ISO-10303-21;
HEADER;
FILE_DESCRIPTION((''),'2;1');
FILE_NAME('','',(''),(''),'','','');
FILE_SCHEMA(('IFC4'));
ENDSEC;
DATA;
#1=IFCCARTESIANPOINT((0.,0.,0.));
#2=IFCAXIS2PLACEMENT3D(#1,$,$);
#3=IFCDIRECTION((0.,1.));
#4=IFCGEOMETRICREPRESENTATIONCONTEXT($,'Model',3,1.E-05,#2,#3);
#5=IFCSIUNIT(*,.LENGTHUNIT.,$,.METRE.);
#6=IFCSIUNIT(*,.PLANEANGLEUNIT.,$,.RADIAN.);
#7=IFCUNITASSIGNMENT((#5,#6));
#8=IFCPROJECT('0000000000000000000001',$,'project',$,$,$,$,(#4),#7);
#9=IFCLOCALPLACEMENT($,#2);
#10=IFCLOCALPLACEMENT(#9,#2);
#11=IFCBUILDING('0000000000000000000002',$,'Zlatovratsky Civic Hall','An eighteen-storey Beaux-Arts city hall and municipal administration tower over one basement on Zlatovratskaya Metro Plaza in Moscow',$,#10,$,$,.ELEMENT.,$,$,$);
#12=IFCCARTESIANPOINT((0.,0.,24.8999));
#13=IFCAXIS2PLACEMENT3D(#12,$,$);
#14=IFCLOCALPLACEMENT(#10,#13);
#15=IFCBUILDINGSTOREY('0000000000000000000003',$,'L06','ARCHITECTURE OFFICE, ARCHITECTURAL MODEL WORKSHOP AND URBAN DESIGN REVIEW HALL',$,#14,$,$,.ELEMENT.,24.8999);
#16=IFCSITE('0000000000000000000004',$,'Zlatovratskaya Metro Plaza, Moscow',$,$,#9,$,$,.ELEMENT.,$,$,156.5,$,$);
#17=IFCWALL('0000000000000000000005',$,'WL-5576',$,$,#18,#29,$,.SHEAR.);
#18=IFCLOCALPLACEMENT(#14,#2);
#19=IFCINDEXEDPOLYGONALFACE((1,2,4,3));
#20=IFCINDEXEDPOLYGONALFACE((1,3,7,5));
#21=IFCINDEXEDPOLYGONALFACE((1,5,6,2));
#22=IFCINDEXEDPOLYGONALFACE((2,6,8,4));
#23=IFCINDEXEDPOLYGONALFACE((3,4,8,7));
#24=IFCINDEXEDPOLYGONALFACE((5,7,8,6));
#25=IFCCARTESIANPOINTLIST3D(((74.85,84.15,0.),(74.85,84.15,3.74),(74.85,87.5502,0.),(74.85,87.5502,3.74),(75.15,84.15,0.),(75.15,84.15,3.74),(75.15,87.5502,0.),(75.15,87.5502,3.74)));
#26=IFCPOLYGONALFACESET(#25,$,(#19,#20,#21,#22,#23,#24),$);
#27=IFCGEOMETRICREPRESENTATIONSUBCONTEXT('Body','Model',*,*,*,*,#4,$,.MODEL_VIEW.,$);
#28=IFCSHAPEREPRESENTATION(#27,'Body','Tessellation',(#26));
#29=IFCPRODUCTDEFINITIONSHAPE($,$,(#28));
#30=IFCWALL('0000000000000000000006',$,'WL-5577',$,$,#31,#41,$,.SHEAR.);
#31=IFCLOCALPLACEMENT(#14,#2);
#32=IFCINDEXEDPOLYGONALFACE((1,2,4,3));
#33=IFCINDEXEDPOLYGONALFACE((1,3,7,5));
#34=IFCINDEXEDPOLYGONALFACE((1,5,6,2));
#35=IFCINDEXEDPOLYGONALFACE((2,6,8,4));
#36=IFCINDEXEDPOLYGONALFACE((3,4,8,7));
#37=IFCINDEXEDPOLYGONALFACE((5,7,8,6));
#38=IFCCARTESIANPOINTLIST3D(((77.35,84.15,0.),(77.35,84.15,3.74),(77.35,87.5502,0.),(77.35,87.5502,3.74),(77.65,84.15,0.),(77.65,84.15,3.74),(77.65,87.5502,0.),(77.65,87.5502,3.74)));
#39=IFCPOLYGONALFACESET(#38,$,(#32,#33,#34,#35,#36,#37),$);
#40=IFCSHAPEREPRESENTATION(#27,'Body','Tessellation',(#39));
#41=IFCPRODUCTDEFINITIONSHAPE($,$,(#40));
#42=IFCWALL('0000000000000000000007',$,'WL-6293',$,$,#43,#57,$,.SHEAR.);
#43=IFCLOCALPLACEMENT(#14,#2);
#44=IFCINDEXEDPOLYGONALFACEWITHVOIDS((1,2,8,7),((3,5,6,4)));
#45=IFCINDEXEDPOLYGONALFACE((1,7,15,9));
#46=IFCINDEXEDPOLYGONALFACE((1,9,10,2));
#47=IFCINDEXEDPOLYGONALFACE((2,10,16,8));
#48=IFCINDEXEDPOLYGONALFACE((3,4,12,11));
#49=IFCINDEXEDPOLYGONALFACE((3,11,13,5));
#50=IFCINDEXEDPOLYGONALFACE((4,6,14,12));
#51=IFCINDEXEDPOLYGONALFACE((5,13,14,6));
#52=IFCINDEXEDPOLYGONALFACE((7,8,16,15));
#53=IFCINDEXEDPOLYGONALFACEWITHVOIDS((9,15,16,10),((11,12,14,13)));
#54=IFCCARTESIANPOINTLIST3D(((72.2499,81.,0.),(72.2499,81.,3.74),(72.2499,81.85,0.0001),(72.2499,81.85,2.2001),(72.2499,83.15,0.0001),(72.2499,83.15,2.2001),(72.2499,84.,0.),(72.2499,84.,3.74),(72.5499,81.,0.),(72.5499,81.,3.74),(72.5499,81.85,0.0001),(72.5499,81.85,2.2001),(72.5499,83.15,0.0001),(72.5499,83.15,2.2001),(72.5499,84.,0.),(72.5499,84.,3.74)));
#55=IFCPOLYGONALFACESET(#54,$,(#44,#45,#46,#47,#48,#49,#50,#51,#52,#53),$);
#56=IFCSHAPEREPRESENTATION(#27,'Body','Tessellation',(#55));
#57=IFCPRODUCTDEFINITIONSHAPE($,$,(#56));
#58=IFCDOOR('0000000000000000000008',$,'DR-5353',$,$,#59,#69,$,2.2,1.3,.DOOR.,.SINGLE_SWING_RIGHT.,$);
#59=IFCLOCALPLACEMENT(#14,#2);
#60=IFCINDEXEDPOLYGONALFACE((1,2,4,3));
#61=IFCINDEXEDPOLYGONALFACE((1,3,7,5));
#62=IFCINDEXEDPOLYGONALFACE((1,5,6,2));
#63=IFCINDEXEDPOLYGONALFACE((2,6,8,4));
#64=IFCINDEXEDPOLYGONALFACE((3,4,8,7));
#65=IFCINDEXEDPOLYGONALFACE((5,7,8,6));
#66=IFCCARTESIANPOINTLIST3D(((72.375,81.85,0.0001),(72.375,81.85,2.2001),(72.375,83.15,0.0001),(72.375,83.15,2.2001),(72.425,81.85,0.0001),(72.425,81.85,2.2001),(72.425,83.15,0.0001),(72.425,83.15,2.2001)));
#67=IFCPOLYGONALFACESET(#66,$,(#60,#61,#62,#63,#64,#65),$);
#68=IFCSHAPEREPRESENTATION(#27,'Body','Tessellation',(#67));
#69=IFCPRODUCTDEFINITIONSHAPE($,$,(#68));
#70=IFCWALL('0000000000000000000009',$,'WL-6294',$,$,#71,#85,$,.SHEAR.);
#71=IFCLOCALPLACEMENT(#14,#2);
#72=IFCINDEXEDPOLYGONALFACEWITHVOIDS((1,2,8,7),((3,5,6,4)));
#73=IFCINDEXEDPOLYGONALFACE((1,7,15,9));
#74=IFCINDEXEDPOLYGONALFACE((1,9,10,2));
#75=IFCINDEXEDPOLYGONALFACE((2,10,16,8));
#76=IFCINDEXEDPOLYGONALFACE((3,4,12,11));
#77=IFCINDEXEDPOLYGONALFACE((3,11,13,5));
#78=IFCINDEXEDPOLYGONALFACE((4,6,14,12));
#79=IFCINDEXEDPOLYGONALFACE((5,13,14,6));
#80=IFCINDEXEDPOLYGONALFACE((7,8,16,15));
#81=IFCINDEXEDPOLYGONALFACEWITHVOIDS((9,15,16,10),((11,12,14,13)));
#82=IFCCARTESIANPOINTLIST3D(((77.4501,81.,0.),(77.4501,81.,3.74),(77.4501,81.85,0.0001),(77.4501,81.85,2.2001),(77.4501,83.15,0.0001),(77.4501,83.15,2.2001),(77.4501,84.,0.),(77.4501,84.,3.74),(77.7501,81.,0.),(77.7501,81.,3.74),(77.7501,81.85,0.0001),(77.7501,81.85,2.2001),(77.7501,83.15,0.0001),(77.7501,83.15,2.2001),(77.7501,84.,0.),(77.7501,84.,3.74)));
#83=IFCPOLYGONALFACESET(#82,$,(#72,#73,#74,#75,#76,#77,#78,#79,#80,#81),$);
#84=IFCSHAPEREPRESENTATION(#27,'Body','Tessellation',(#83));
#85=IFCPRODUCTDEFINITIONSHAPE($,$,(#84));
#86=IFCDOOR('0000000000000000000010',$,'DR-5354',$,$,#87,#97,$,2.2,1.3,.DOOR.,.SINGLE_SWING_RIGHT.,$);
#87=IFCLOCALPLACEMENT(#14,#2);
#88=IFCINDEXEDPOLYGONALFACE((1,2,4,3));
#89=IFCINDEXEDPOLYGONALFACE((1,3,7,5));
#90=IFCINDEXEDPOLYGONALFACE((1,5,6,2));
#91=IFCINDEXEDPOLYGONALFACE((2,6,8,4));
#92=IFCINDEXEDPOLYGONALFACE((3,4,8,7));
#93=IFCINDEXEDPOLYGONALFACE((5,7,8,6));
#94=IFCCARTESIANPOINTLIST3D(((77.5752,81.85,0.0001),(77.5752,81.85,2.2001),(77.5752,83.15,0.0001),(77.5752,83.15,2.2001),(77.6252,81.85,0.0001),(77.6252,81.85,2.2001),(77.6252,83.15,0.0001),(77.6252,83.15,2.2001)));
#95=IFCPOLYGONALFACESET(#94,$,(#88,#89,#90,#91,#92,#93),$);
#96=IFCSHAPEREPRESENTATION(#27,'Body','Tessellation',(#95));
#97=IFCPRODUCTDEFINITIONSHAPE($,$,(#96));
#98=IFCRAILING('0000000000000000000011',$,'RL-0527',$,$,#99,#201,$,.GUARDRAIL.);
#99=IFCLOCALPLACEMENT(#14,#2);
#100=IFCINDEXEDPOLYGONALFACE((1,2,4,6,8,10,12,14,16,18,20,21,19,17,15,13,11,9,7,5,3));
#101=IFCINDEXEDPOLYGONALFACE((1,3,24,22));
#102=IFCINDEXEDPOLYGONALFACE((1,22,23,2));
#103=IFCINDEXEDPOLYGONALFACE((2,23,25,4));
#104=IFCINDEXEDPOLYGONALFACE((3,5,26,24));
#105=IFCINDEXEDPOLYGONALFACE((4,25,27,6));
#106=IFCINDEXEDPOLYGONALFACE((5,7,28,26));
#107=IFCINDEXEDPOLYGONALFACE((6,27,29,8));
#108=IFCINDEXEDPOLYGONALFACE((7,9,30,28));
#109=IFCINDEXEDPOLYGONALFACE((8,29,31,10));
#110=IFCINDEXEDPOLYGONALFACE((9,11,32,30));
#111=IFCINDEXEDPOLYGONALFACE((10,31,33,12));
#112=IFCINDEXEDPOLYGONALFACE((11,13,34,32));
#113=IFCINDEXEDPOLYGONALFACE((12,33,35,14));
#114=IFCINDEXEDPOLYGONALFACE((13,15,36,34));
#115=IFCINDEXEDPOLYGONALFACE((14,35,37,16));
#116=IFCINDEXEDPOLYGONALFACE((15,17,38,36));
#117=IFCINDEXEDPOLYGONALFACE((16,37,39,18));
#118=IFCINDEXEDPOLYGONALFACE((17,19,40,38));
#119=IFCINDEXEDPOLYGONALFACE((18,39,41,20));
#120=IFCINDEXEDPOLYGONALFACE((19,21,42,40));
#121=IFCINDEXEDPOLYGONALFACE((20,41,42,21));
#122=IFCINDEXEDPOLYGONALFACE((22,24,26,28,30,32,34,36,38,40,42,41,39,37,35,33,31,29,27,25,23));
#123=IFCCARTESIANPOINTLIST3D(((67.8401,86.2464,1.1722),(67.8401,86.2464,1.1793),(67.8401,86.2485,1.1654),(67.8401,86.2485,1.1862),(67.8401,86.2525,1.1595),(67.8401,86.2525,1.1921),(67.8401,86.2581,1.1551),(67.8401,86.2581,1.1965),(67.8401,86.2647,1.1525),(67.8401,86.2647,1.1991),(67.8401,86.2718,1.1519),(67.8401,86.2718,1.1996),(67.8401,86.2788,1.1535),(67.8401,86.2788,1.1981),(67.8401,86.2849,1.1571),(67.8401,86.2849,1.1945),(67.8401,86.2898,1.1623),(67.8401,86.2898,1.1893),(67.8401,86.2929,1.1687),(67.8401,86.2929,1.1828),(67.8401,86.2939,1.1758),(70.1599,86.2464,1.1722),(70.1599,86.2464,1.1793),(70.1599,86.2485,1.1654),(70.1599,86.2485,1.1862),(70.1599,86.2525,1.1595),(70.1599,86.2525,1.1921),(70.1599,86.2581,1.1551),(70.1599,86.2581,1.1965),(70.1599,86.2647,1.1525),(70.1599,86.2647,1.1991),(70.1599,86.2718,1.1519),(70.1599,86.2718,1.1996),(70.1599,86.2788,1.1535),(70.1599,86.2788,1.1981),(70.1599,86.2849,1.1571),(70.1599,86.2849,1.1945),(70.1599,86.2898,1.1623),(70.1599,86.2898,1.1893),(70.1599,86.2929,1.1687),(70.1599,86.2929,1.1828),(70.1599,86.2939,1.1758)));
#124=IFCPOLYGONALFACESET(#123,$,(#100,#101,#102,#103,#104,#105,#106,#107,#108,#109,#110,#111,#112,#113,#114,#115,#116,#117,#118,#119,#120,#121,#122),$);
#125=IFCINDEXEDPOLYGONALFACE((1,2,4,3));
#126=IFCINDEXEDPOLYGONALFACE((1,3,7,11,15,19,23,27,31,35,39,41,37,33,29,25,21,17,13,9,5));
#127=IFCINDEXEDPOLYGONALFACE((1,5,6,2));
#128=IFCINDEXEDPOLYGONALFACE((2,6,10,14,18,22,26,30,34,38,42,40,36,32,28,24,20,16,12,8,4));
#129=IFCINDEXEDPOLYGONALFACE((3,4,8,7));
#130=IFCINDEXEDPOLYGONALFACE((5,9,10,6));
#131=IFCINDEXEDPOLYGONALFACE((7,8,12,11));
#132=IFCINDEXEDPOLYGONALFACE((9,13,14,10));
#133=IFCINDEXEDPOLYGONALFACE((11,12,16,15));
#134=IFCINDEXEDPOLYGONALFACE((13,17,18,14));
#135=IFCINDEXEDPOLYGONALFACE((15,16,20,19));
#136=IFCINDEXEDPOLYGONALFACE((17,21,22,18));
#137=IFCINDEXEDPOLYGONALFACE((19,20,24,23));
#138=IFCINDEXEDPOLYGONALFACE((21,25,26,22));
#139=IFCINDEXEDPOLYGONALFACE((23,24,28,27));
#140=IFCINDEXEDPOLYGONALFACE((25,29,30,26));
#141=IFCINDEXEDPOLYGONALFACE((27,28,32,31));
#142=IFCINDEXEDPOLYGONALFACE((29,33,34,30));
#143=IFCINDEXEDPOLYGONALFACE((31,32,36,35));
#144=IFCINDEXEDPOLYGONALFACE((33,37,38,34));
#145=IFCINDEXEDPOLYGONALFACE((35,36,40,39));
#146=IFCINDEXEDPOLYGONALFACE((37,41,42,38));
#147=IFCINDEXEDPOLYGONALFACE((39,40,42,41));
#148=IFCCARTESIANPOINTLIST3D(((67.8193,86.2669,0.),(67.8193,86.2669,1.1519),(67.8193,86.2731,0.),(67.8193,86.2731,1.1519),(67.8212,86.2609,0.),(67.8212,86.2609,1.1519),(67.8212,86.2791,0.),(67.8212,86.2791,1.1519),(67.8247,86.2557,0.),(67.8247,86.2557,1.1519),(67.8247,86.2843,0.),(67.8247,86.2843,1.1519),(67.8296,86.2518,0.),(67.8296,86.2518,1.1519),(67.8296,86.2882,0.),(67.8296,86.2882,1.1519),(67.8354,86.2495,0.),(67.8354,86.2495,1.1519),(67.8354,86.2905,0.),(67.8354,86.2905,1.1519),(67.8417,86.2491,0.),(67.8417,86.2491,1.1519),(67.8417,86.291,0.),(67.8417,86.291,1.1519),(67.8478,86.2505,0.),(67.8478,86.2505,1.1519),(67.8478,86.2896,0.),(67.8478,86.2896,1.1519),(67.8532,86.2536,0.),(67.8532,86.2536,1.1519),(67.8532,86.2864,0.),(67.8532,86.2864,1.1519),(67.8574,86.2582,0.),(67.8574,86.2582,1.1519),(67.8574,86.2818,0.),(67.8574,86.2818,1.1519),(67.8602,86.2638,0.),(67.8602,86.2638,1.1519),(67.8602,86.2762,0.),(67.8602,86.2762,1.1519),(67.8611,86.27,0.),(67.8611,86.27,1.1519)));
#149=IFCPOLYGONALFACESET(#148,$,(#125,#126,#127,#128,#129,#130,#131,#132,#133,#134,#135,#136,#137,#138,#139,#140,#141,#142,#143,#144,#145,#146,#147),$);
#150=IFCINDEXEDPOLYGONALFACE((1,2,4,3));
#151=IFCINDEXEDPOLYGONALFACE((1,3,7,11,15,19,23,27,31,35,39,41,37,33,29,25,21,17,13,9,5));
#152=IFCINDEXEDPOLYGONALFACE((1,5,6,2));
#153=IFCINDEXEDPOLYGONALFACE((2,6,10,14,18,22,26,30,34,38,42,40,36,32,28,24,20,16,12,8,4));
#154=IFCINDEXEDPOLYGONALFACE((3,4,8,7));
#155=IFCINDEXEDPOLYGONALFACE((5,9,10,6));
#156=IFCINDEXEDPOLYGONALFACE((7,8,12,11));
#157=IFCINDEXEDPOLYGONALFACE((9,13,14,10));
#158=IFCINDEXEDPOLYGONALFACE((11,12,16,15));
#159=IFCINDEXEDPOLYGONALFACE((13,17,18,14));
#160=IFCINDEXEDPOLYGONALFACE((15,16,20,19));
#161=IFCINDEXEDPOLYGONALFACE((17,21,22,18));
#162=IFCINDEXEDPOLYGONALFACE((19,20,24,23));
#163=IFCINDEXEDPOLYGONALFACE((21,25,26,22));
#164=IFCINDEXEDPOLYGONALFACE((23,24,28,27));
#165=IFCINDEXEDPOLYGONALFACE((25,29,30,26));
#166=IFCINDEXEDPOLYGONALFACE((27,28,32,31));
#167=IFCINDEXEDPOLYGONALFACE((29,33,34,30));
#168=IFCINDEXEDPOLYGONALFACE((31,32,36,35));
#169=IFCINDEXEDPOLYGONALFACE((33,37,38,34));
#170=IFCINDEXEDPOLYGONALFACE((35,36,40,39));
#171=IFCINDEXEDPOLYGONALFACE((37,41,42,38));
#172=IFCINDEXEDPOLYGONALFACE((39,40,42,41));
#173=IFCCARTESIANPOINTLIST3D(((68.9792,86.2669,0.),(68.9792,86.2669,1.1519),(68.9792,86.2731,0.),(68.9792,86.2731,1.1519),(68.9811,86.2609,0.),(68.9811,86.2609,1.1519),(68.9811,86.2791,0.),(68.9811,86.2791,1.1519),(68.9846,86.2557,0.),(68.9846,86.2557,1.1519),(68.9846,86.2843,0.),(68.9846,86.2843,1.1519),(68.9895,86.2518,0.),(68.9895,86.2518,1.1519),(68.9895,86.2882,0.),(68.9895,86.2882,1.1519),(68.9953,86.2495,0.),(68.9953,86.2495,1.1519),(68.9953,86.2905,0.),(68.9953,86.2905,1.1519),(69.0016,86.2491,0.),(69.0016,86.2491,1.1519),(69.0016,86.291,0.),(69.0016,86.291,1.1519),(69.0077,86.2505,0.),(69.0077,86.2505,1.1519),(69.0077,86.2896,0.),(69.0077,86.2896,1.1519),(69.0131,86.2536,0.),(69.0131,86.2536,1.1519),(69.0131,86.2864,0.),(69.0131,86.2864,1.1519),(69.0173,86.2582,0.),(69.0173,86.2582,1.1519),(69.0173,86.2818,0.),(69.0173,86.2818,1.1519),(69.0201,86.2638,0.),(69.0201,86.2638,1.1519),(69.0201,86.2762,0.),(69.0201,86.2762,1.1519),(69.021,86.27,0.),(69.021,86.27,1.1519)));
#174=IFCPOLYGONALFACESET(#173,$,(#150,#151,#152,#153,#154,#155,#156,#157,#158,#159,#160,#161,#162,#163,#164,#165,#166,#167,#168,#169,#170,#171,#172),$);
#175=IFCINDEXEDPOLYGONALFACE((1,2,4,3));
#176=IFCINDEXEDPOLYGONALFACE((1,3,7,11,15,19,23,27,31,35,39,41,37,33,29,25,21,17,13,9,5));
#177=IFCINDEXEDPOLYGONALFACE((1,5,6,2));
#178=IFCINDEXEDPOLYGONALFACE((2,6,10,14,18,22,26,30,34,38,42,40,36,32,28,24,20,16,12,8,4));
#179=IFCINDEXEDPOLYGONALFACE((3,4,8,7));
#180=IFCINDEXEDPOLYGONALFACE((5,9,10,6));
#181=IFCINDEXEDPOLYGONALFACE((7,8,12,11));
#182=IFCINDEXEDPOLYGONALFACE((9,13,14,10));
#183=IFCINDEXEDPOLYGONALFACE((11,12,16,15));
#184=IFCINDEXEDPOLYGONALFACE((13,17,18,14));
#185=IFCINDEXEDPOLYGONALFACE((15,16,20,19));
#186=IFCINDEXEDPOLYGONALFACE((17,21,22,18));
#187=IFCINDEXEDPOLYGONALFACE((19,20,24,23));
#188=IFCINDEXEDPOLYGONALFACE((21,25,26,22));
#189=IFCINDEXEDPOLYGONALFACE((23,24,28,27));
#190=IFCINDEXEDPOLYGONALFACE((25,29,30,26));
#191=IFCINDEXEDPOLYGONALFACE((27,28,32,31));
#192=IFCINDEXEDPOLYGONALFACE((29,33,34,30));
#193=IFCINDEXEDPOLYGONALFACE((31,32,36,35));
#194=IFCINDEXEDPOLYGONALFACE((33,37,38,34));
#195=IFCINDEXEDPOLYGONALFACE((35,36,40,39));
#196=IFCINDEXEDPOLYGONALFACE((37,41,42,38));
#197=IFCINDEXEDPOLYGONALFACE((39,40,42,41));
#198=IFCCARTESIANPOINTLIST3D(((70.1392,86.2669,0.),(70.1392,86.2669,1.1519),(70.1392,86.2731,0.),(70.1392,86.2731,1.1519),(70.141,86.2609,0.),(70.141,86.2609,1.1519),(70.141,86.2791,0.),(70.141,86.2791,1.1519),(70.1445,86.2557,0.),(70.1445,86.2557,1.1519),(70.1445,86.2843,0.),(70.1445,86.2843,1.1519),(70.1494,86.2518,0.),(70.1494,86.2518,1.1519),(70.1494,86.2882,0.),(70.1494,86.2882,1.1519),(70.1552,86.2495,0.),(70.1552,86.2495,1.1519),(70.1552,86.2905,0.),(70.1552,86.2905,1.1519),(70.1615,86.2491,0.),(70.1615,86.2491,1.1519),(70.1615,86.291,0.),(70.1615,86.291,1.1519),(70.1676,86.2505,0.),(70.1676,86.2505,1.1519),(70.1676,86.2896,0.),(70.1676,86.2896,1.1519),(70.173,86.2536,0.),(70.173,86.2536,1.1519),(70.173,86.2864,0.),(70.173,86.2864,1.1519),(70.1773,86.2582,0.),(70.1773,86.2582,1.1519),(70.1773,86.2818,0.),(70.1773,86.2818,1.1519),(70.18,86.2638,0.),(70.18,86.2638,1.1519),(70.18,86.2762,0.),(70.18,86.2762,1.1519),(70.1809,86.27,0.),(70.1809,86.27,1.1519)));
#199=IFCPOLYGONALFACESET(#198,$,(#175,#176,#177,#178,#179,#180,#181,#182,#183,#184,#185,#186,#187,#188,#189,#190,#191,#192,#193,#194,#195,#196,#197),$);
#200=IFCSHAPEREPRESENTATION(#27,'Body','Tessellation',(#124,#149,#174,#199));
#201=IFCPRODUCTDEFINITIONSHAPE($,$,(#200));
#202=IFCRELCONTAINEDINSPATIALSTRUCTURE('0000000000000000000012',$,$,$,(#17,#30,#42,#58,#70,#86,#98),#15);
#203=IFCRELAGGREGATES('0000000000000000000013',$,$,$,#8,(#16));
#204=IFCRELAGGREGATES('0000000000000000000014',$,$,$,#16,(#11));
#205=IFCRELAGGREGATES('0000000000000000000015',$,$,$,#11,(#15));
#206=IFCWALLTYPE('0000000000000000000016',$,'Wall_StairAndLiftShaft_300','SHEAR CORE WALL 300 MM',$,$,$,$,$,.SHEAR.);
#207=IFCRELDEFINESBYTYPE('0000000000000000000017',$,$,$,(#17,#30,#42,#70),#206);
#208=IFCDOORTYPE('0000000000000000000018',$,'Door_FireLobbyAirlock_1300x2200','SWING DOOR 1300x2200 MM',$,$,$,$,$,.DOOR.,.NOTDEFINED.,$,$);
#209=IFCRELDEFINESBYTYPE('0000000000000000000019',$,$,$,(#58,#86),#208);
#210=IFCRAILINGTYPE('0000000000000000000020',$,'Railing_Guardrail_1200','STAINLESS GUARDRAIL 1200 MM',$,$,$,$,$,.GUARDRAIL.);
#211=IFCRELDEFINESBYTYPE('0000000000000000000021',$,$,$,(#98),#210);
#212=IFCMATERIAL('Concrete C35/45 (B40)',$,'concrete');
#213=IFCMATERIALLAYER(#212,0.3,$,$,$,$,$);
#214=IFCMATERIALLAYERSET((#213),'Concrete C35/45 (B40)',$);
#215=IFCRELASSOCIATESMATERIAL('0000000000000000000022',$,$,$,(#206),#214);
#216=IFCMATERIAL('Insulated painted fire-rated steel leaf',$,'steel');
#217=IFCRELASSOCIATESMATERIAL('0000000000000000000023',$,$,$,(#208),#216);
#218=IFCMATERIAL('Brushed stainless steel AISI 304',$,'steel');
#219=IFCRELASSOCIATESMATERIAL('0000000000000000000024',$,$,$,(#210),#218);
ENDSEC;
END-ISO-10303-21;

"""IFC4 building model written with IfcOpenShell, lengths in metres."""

from ifc_helpers import new_model, si_unit, direction, frame, frame_2d, origin, origin_2d, place, context, subcontext, project, spatial, rectangle, circle, extrude, material, layer, layer_set, type_object, element, fill, save


model = new_model("IFC4")

# Units and contexts
model_context = context("Model", 3, precision=1e-05, world=origin(), true_north=direction((0.0, 1.0)))
body_context = subcontext(model_context, "Body", "Model", "MODEL_VIEW")
ifc_project = project(units=[si_unit("LENGTHUNIT", "METRE"), si_unit("PLANEANGLEUNIT", "RADIAN")], contexts=[model_context])

# Site, building, storey
site_placement = place(None, origin())
site = spatial("IfcSite", under=ifc_project, at=site_placement, Name="Zlatovratskaya Metro Plaza, Moscow", CompositionType="ELEMENT", RefElevation=156.5)
building_placement = place(site_placement, origin())
building = spatial("IfcBuilding", under=site, at=building_placement, Name="Zlatovratsky Civic Hall", Description="An eighteen-storey Beaux-Arts city hall and municipal administration tower over one basement on Zlatovratskaya Metro Plaza in Moscow", CompositionType="ELEMENT")
storey_placement = place(building_placement, frame((0.0, 0.0, 24.8999)))
storey = spatial("IfcBuildingStorey", under=building, at=storey_placement, Name="L06", Description="ARCHITECTURE OFFICE, ARCHITECTURAL MODEL WORKSHOP AND URBAN DESIGN REVIEW HALL", CompositionType="ELEMENT", Elevation=24.8999)

# Shared definitions
ifc_material_1 = material(Name="Concrete C35/45 (B40)", Category="concrete")

# Shared definitions
ifc_layer_1 = layer(ifc_material_1, 0.3)
ifc_layer_set_1 = layer_set([ifc_layer_1], Name="Concrete C35/45 (B40)")
wall_type_1 = type_object("IfcWallType", Name="Wall_StairAndLiftShaft_300", Description="SHEAR CORE WALL 300 MM", PredefinedType="SHEAR", material=ifc_layer_set_1)

# Shared definitions
ifc_material_2 = material(Name="Brushed stainless steel AISI 304", Category="steel")

# Walls
for number, where, z_axis, x_axis, name in (
    (1, (75.0, 84.1499, 0.0), (0.0, 0.0, 1.0), (0.0, 1.0, 0.0), "WL-5576"),
    (2, (77.5, 84.1499, 0.0), (0.0, 0.0, 1.0), (0.0, 1.0, 0.0), "WL-5577"),
):
    element("IfcWall", number, at=place(storey_placement, frame(where, z_axis=z_axis, x_axis=x_axis)), inside=storey, type_object=wall_type_1, Name=name, PredefinedType="SHEAR", context=body_context, shape_type="SweptSolid", body=[
        extrude(rectangle(XDim=3.4001, YDim=0.3, at=frame_2d((1.7002, 0.0))), origin(), (0.0, 0.0, 1.0), 3.74),
    ])

# Walls, openings, doors
wall_1_placement = place(storey_placement, frame((72.3999, 81.0, 0.0), z_axis=(0.0, 0.0, 1.0), x_axis=(0.0, 1.0, 0.0)))
wall_1 = element("IfcWall", 3, at=wall_1_placement, inside=storey, type_object=wall_type_1, Name="WL-6293", PredefinedType="SHEAR", context=body_context, shape_type="SweptSolid", body=[
    extrude(rectangle(XDim=3.0, YDim=0.3, at=frame_2d((1.5, 0.0))), origin(), (0.0, 0.0, 1.0), 3.74),
])
opening_1_placement = place(wall_1_placement, frame((0.8501, 0.0, 0.0)))
opening_1 = element("IfcOpeningElement", 4, at=opening_1_placement, cuts=wall_1, PredefinedType="OPENING", context=body_context, shape_type="SweptSolid", body=[
    extrude(rectangle(XDim=1.3, YDim=2.2, at=frame_2d((0.6499, 1.1001))), frame((0.0, 0.165, 0.0), z_axis=(0.0, -1.0, 0.0), x_axis=(1.0, 0.0, 0.0)), (0.0, 0.0, 1.0), 0.3298),
])
ifc_material_3 = material(Name="Insulated painted fire-rated steel leaf", Category="steel")
door_type_1 = type_object("IfcDoorType", Name="Door_FireLobbyAirlock_1300x2200", Description="SWING DOOR 1300x2200 MM", OperationType="NOTDEFINED", PredefinedType="DOOR", material=ifc_material_3)
door_1_placement = place(opening_1_placement, origin())
door_1 = element("IfcDoor", 5, at=door_1_placement, inside=storey, type_object=door_type_1, Name="DR-5353", OperationType="SINGLE_SWING_RIGHT", OverallHeight=2.2, OverallWidth=1.3, PredefinedType="DOOR", context=body_context, shape_type="SweptSolid", body=[
    extrude(rectangle(XDim=1.3, YDim=2.2, at=frame_2d((0.6499, 1.1001))), frame((0.0, 0.0249, 0.0), z_axis=(0.0, -1.0, 0.0), x_axis=(1.0, 0.0, 0.0)), (0.0, 0.0, 1.0), 0.05),
])
fill(opening_1, door_1)
wall_2_placement = place(storey_placement, frame((77.6001, 81.0, 0.0), z_axis=(0.0, 0.0, 1.0), x_axis=(0.0, 1.0, 0.0)))
wall_2 = element("IfcWall", 6, at=wall_2_placement, inside=storey, type_object=wall_type_1, Name="WL-6294", PredefinedType="SHEAR", context=body_context, shape_type="SweptSolid", body=[
    extrude(rectangle(XDim=3.0, YDim=0.3, at=frame_2d((1.5, 0.0))), origin(), (0.0, 0.0, 1.0), 3.74),
])
opening_2_placement = place(wall_2_placement, frame((0.8501, 0.0, 0.0)))
opening_2 = element("IfcOpeningElement", 7, at=opening_2_placement, cuts=wall_2, PredefinedType="OPENING", context=body_context, shape_type="SweptSolid", body=[
    extrude(rectangle(XDim=1.3, YDim=2.2, at=frame_2d((0.6499, 1.1001))), frame((0.0, 0.165, 0.0), z_axis=(0.0, -1.0, 0.0), x_axis=(1.0, 0.0, 0.0)), (0.0, 0.0, 1.0), 0.3298),
])
door_2_placement = place(opening_2_placement, origin())
door_2 = element("IfcDoor", 8, at=door_2_placement, inside=storey, type_object=door_type_1, Name="DR-5354", OperationType="SINGLE_SWING_RIGHT", OverallHeight=2.2, OverallWidth=1.3, PredefinedType="DOOR", context=body_context, shape_type="SweptSolid", body=[
    extrude(rectangle(XDim=1.3, YDim=2.2, at=frame_2d((0.6499, 1.1001))), frame((0.0, 0.0249, 0.0), z_axis=(0.0, -1.0, 0.0), x_axis=(1.0, 0.0, 0.0)), (0.0, 0.0, 1.0), 0.05),
])
fill(opening_2, door_2)

# Railing
railing_type = type_object("IfcRailingType", Name="Railing_Guardrail_1200", Description="STAINLESS GUARDRAIL 1200 MM", PredefinedType="GUARDRAIL", material=ifc_material_2)
railing_placement = place(storey_placement, frame((67.8401, 86.27, 0.0)))
element("IfcRailing", 9, at=railing_placement, inside=storey, type_object=railing_type, Name="RL-0527", PredefinedType="GUARDRAIL", context=body_context, shape_type="SweptSolid", body=[
    extrude(circle(Radius=0.0239, at=origin_2d()), frame((0.0, 0.0, 1.1758), z_axis=(1.0, 0.0, 0.0), x_axis=(0.0, 1.0, 0.0)), (0.0, 0.0, 1.0), 2.3198),
    extrude(circle(Radius=0.021, at=origin_2d()), origin(), (0.0, 0.0, 1.0), 1.1519),
    extrude(circle(Radius=0.021, at=origin_2d()), frame((1.1599, 0.0, 0.0)), (0.0, 0.0, 1.0), 1.1519),
    extrude(circle(Radius=0.021, at=origin_2d()), frame((2.3198, 0.0, 0.0)), (0.0, 0.0, 1.0), 1.1519),
])

save(model, "model.ifc")
